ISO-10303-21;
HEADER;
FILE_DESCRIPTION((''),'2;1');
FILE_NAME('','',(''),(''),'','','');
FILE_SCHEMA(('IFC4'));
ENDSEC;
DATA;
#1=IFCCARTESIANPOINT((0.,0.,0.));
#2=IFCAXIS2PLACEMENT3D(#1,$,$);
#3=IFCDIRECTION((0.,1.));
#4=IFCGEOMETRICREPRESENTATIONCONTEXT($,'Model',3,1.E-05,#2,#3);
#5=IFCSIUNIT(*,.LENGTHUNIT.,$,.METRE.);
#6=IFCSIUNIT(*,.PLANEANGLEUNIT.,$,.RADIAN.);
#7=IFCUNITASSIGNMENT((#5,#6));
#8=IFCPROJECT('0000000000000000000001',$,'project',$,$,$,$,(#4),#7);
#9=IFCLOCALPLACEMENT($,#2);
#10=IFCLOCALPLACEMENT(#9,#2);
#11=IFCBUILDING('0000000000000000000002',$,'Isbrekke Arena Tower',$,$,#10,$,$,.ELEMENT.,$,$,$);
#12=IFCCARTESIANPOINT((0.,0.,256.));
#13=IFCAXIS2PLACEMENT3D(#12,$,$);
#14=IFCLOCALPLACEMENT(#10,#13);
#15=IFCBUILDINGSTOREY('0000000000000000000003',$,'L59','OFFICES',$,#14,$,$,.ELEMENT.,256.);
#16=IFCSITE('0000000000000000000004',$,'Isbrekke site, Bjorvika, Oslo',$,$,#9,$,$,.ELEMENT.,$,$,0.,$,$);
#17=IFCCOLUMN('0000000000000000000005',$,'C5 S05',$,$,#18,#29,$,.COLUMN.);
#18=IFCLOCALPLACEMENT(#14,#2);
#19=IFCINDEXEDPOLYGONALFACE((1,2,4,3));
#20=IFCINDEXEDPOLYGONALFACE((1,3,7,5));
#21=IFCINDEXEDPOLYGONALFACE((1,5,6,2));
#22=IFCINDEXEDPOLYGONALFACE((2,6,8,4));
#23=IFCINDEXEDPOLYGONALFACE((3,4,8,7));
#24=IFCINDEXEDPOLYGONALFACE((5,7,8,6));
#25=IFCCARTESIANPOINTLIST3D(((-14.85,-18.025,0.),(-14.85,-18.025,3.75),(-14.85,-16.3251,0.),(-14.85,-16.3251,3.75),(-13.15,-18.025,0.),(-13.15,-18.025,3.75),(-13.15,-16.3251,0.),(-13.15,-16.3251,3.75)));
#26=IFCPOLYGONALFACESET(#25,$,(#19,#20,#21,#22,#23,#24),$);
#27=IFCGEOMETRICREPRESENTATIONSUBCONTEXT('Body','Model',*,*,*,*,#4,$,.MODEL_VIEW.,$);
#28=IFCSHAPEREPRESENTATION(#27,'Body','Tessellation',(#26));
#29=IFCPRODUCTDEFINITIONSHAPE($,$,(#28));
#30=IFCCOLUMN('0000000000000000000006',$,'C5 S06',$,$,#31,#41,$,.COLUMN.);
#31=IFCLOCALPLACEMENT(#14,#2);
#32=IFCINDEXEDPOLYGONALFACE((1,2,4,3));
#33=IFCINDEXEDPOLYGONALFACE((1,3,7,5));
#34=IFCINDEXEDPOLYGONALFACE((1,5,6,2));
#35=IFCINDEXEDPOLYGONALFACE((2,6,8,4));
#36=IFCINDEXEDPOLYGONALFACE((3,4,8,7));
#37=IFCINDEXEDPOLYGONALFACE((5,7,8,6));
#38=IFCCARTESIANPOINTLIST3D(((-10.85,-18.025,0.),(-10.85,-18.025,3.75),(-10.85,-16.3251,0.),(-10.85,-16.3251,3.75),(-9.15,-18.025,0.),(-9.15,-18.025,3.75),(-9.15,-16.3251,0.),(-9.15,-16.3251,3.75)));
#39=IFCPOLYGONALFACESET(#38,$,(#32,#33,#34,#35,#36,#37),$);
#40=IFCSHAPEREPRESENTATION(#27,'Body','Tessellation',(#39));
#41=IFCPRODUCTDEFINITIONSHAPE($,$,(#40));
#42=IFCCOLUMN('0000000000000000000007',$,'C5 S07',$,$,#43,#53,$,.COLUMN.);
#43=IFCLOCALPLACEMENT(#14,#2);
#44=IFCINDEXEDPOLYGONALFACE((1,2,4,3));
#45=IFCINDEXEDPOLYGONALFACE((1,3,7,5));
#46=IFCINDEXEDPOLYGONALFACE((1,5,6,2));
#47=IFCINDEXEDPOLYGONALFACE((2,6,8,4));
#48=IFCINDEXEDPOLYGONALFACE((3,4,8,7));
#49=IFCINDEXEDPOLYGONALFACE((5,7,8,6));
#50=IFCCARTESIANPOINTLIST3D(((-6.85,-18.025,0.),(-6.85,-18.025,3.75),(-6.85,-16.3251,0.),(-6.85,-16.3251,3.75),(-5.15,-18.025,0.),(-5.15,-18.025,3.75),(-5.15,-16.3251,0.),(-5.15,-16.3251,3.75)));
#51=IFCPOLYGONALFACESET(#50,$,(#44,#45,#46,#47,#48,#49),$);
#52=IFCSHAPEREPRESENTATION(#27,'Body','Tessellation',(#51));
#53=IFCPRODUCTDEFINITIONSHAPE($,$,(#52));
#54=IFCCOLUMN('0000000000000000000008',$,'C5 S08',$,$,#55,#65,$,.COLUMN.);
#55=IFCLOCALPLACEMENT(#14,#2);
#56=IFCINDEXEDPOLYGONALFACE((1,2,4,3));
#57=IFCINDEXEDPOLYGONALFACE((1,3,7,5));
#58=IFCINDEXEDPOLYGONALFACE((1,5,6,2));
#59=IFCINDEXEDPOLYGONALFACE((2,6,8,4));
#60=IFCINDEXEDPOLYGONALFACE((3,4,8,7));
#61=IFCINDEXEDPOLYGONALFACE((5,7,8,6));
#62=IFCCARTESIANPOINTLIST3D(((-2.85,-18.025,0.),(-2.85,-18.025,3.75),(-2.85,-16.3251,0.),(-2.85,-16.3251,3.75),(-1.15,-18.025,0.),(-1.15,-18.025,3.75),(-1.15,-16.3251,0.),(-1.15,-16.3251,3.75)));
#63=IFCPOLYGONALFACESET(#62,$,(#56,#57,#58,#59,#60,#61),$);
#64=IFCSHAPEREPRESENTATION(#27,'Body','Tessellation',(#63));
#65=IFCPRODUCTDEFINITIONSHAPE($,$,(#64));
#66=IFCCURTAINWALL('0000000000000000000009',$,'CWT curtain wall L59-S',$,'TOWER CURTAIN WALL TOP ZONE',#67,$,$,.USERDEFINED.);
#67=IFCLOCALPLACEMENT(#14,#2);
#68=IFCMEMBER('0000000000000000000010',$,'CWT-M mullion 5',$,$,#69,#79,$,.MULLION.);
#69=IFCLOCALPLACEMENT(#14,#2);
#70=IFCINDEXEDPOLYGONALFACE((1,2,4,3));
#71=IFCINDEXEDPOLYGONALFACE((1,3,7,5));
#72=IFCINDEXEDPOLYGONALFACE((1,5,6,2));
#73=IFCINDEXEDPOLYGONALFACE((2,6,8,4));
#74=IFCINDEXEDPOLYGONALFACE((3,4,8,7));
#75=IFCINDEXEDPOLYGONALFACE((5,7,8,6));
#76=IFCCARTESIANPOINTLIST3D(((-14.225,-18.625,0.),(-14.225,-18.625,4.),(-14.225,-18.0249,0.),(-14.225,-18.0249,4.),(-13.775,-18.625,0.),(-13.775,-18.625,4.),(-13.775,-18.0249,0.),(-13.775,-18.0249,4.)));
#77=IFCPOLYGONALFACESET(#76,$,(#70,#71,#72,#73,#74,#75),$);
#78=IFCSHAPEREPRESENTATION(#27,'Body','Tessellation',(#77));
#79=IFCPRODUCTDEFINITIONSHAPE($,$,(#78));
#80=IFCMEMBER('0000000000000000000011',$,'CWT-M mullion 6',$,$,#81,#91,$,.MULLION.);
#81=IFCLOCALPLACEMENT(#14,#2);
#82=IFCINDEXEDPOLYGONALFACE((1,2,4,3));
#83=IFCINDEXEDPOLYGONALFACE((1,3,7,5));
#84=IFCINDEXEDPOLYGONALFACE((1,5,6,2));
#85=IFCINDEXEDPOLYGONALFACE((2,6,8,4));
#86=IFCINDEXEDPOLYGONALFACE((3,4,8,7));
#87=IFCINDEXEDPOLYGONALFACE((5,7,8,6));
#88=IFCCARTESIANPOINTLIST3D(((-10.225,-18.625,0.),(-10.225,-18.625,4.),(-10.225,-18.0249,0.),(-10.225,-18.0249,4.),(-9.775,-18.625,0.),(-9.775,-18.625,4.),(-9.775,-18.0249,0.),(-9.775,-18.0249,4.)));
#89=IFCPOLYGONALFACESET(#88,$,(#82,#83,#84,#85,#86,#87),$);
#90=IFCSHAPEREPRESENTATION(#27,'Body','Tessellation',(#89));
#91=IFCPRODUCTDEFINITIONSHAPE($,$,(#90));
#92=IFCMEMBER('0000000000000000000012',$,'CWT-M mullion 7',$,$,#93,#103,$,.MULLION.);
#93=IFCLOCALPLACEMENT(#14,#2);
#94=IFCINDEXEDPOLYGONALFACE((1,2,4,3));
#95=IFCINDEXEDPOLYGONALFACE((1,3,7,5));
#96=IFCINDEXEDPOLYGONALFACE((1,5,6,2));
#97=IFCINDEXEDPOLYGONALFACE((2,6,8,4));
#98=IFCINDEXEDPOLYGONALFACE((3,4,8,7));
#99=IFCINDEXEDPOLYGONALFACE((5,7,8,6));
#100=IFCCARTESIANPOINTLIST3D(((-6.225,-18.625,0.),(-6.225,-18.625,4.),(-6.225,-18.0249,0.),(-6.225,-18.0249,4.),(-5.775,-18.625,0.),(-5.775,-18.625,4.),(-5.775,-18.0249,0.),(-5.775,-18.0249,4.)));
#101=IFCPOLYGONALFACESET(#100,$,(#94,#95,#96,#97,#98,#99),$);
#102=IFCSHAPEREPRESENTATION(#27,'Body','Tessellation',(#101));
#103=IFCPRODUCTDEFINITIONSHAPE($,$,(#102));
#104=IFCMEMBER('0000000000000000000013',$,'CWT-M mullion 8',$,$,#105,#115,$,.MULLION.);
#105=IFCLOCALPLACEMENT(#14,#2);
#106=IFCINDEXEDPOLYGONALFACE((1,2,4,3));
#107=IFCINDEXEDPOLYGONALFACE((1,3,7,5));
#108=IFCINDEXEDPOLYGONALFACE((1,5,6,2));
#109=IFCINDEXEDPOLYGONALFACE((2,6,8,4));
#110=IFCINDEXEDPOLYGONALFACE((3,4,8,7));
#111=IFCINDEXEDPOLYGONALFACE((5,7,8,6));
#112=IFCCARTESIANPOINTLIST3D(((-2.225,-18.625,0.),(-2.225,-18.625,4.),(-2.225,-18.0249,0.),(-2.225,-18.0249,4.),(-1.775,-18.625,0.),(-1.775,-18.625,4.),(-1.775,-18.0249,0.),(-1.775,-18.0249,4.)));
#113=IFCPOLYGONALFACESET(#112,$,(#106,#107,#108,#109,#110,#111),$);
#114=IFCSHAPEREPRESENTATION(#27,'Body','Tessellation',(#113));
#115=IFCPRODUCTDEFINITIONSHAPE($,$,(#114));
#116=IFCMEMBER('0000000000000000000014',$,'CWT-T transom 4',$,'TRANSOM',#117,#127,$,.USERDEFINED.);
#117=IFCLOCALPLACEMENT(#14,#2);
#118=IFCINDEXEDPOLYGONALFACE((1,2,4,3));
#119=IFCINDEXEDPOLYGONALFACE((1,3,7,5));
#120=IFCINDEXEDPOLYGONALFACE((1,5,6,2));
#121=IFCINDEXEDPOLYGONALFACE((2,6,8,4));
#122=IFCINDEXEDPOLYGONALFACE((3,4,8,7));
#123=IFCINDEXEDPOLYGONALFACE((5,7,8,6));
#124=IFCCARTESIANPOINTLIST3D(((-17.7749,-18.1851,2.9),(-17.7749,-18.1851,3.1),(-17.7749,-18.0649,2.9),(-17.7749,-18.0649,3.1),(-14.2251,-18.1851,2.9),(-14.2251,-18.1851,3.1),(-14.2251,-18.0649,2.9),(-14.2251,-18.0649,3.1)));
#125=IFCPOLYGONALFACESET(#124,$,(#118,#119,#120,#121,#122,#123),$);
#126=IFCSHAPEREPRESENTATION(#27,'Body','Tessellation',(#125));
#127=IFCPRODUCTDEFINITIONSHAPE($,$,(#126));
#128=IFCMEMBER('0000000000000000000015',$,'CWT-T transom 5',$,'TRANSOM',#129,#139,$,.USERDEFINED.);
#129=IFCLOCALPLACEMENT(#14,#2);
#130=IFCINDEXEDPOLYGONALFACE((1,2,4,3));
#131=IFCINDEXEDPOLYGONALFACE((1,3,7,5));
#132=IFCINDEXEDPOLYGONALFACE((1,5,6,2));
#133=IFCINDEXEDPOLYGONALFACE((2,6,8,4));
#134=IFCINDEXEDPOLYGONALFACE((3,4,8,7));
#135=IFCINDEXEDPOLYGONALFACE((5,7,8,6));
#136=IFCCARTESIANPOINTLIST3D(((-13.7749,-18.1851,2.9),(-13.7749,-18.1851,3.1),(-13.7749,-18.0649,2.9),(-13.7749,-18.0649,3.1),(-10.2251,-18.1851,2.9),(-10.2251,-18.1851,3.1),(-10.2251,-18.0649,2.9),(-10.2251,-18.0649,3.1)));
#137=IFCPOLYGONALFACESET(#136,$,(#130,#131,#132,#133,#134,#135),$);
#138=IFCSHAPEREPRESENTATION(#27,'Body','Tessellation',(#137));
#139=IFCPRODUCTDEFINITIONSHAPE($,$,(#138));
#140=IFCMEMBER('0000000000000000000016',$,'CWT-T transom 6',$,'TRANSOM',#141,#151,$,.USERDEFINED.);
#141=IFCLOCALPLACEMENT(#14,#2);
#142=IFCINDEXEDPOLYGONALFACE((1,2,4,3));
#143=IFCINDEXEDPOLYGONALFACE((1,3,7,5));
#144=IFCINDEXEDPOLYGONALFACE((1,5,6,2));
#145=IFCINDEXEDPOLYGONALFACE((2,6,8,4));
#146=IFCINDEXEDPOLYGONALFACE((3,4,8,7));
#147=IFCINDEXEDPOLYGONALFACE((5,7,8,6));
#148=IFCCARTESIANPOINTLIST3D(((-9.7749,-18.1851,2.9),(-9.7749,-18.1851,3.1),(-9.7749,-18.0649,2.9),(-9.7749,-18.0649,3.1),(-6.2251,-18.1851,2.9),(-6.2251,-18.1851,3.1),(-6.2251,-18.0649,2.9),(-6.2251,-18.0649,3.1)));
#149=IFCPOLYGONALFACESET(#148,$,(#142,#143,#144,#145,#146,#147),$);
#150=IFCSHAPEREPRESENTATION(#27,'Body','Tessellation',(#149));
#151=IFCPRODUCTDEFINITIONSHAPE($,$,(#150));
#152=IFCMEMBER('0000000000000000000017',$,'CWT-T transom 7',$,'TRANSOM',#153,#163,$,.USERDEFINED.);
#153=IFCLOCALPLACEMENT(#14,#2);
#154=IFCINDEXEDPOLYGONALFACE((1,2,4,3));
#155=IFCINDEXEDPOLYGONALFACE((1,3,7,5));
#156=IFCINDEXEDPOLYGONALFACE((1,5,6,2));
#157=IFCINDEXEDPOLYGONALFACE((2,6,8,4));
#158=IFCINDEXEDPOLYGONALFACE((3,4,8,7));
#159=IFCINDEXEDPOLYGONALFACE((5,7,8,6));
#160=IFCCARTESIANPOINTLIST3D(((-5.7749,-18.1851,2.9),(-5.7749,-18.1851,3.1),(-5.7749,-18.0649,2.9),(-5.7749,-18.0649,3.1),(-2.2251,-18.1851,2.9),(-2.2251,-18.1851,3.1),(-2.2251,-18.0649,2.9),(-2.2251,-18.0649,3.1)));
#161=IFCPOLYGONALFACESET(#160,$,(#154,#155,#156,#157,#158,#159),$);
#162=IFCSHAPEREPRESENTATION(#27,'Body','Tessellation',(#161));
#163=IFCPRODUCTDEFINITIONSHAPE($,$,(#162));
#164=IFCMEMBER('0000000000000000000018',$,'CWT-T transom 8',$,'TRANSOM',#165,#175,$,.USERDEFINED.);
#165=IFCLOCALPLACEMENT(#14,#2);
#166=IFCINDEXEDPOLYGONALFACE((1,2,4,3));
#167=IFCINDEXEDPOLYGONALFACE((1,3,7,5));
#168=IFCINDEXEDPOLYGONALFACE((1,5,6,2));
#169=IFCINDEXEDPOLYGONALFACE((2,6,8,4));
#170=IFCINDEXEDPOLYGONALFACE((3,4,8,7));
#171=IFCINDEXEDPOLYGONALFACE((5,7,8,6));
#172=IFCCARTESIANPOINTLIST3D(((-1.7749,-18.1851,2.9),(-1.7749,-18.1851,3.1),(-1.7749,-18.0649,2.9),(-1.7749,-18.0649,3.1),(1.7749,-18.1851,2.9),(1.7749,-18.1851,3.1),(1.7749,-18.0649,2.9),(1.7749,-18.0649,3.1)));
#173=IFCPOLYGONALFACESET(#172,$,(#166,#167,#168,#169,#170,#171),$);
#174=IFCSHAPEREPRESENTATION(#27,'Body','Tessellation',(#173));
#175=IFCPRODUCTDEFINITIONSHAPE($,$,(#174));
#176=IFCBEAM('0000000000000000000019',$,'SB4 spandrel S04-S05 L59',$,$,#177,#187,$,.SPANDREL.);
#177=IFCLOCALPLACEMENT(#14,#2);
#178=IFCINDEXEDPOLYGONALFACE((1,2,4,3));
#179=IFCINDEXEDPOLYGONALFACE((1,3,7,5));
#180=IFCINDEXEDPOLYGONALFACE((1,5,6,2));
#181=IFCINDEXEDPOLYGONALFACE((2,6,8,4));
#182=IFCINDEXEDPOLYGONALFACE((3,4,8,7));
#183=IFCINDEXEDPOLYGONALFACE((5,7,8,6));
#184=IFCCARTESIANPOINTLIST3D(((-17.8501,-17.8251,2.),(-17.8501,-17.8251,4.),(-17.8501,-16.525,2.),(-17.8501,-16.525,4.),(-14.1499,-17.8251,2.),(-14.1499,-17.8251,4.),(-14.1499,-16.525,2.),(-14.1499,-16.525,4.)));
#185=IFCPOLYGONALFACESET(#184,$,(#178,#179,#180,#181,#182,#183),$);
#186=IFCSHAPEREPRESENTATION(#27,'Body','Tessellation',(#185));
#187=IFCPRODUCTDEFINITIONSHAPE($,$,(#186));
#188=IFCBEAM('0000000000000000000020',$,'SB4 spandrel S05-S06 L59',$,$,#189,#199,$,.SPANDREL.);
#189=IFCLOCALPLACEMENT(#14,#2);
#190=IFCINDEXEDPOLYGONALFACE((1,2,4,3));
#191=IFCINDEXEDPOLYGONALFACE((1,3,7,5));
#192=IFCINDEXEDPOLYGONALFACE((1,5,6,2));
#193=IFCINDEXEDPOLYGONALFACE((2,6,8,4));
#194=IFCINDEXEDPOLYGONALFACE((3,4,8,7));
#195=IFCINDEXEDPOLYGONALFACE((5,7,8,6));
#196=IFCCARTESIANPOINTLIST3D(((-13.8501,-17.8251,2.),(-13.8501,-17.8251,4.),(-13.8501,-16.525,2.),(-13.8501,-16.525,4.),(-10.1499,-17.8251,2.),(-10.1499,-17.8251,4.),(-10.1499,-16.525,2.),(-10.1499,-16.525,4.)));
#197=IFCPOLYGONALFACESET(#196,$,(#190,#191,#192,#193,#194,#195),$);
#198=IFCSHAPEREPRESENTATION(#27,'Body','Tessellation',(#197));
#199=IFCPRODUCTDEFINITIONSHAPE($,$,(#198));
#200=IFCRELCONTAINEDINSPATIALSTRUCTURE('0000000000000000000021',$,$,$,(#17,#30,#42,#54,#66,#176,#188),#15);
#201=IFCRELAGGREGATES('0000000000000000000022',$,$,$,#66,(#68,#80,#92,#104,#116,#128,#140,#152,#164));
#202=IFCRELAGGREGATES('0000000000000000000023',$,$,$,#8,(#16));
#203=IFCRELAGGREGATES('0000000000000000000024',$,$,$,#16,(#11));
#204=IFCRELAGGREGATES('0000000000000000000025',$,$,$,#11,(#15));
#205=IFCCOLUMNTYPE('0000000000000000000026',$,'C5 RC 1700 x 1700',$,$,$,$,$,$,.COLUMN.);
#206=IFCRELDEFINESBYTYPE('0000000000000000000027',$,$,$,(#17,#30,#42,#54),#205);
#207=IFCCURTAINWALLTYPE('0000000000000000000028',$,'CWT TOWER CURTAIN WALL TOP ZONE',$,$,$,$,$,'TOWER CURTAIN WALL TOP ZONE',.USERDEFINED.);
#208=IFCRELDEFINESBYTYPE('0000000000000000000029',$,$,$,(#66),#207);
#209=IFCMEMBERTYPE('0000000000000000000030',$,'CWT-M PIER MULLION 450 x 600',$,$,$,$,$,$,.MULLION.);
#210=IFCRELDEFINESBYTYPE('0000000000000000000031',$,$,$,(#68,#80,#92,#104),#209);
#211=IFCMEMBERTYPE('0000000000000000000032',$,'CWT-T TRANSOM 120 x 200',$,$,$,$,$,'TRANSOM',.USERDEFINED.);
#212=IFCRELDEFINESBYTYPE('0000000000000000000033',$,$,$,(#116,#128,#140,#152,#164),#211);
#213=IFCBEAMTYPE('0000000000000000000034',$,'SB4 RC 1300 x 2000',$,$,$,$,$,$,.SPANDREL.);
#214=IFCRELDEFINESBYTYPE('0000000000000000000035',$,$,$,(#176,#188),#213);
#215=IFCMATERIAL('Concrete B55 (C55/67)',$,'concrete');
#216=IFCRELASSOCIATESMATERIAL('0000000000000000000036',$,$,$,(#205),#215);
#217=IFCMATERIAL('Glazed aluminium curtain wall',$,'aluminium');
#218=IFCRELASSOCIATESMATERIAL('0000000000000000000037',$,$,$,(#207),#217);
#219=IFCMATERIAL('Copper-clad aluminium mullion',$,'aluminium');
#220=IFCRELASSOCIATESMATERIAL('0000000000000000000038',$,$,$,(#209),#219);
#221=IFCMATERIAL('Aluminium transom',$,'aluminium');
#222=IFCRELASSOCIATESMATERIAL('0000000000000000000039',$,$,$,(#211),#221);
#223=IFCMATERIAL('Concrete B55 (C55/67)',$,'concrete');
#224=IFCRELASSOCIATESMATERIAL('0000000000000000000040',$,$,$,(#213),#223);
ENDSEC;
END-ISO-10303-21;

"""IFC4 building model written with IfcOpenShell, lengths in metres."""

from ifc_helpers import new_model, si_unit, direction, frame, origin, origin_2d, place, context, subcontext, project, spatial, rectangle, extrude, material, material_profile, profile_set, type_object, element, aggregate, save


model = new_model("IFC4")

# Units and contexts
model_context = context("Model", 3, precision=1e-05, world=origin(), true_north=direction((0.0, 1.0)))
body_context = subcontext(model_context, "Body", "Model", "MODEL_VIEW")
ifc_project = project(units=[si_unit("LENGTHUNIT", "METRE"), si_unit("PLANEANGLEUNIT", "RADIAN")], contexts=[model_context])

# Site, building, storey
site_placement = place(None, origin())
site = spatial("IfcSite", under=ifc_project, at=site_placement, Name="Isbrekke site, Bjorvika, Oslo", CompositionType="ELEMENT", RefElevation=0.0)
building_placement = place(site_placement, origin())
building = spatial("IfcBuilding", under=site, at=building_placement, Name="Isbrekke Arena Tower", CompositionType="ELEMENT")
storey_placement = place(building_placement, frame((0.0, 0.0, 256.0)))
storey = spatial("IfcBuildingStorey", under=building, at=storey_placement, Name="L59", Description="OFFICES", CompositionType="ELEMENT", Elevation=256.0)

# Columns
ifc_material_1 = material(Name="Concrete B55 (C55/67)", Category="concrete")
ifc_material_profile_1 = material_profile(ifc_material_1, rectangle(XDim=1.7, YDim=1.7, at=origin_2d()), Name="RC 1700x1700")
ifc_profile_set_1 = profile_set([ifc_material_profile_1], Name="Concrete B55 (C55/67)")
column_type = type_object("IfcColumnType", Name="C5 RC 1700 x 1700", PredefinedType="COLUMN", material=ifc_profile_set_1)
for number, where, z_axis, x_axis, name in (
    (1, (-14.0, -17.175, 0.0), (0.0, 0.0, 1.0), (1.0, 0.0, 0.0), "C5 S05"),
    (2, (-10.0, -17.175, 0.0), (0.0, 0.0, 1.0), (1.0, 0.0, 0.0), "C5 S06"),
    (3, (-6.0, -17.175, 0.0), (0.0, 0.0, 1.0), (1.0, 0.0, 0.0), "C5 S07"),
    (4, (-2.0, -17.175, 0.0), (0.0, 0.0, 1.0), (1.0, 0.0, 0.0), "C5 S08"),
):
    element("IfcColumn", number, at=place(storey_placement, frame(where, z_axis=z_axis, x_axis=x_axis)), inside=storey, type_object=column_type, Name=name, PredefinedType="COLUMN", context=body_context, shape_type="SweptSolid", body=[
        extrude(rectangle(XDim=1.7, YDim=1.7, at=origin_2d()), origin(), (0.0, 0.0, 1.0), 3.75),
    ])

# Curtain wall, members
ifc_material_2 = material(Name="Glazed aluminium curtain wall", Category="aluminium")
curtain_wall_type = type_object("IfcCurtainWallType", Name="CWT TOWER CURTAIN WALL TOP ZONE", ElementType="TOWER CURTAIN WALL TOP ZONE", PredefinedType="USERDEFINED", material=ifc_material_2)
curtain_wall_placement = place(storey_placement, origin())
curtain_wall = element("IfcCurtainWall", 5, at=curtain_wall_placement, inside=storey, type_object=curtain_wall_type, Name="CWT curtain wall L59-S", ObjectType="TOWER CURTAIN WALL TOP ZONE", PredefinedType="USERDEFINED")
ifc_material_3 = material(Name="Copper-clad aluminium mullion", Category="aluminium")
ifc_material_profile_2 = material_profile(ifc_material_3, rectangle(XDim=0.45, YDim=0.6001, at=origin_2d()), Name="PIER 450X600")
ifc_profile_set_2 = profile_set([ifc_material_profile_2], Name="Copper-clad aluminium mullion")
member_type_1 = type_object("IfcMemberType", Name="CWT-M PIER MULLION 450 x 600", PredefinedType="MULLION", material=ifc_profile_set_2)
member_1_placement = place(storey_placement, frame((-14.0, -18.325, 0.0), z_axis=(0.0, 0.0, 1.0), x_axis=(1.0, 0.0, 0.0)))
member_1 = element("IfcMember", 6, at=member_1_placement, type_object=member_type_1, Name="CWT-M mullion 5", PredefinedType="MULLION", context=body_context, shape_type="SweptSolid", body=[
    extrude(rectangle(XDim=0.45, YDim=0.6001, at=origin_2d()), origin(), (0.0, 0.0, 1.0), 4.0),
])
member_2_placement = place(storey_placement, frame((-10.0, -18.325, 0.0), z_axis=(0.0, 0.0, 1.0), x_axis=(1.0, 0.0, 0.0)))
member_2 = element("IfcMember", 7, at=member_2_placement, type_object=member_type_1, Name="CWT-M mullion 6", PredefinedType="MULLION", context=body_context, shape_type="SweptSolid", body=[
    extrude(rectangle(XDim=0.45, YDim=0.6001, at=origin_2d()), origin(), (0.0, 0.0, 1.0), 4.0),
])
member_3_placement = place(storey_placement, frame((-6.0, -18.325, 0.0), z_axis=(0.0, 0.0, 1.0), x_axis=(1.0, 0.0, 0.0)))
member_3 = element("IfcMember", 8, at=member_3_placement, type_object=member_type_1, Name="CWT-M mullion 7", PredefinedType="MULLION", context=body_context, shape_type="SweptSolid", body=[
    extrude(rectangle(XDim=0.45, YDim=0.6001, at=origin_2d()), origin(), (0.0, 0.0, 1.0), 4.0),
])
member_4_placement = place(storey_placement, frame((-2.0, -18.325, 0.0), z_axis=(0.0, 0.0, 1.0), x_axis=(1.0, 0.0, 0.0)))
member_4 = element("IfcMember", 9, at=member_4_placement, type_object=member_type_1, Name="CWT-M mullion 8", PredefinedType="MULLION", context=body_context, shape_type="SweptSolid", body=[
    extrude(rectangle(XDim=0.45, YDim=0.6001, at=origin_2d()), origin(), (0.0, 0.0, 1.0), 4.0),
])
ifc_material_4 = material(Name="Aluminium transom", Category="aluminium")
ifc_material_profile_3 = material_profile(ifc_material_4, rectangle(XDim=0.1201, YDim=0.2, at=origin_2d()), Name="TRANSOM 120X200")
ifc_profile_set_3 = profile_set([ifc_material_profile_3], Name="Aluminium transom")
member_type_2 = type_object("IfcMemberType", Name="CWT-T TRANSOM 120 x 200", ElementType="TRANSOM", PredefinedType="USERDEFINED", material=ifc_profile_set_3)
member_5_placement = place(storey_placement, frame((-17.7749, -18.125, 3.0), z_axis=(1.0, 0.0, 0.0), x_axis=(0.0, 1.0, 0.0)))
member_5 = element("IfcMember", 10, at=member_5_placement, type_object=member_type_2, Name="CWT-T transom 4", ObjectType="TRANSOM", PredefinedType="USERDEFINED", context=body_context, shape_type="SweptSolid", body=[
    extrude(rectangle(XDim=0.1201, YDim=0.2, at=origin_2d()), origin(), (0.0, 0.0, 1.0), 3.5498),
])
member_6_placement = place(storey_placement, frame((-13.7749, -18.125, 3.0), z_axis=(1.0, 0.0, 0.0), x_axis=(0.0, 1.0, 0.0)))
member_6 = element("IfcMember", 11, at=member_6_placement, type_object=member_type_2, Name="CWT-T transom 5", ObjectType="TRANSOM", PredefinedType="USERDEFINED", context=body_context, shape_type="SweptSolid", body=[
    extrude(rectangle(XDim=0.1201, YDim=0.2, at=origin_2d()), origin(), (0.0, 0.0, 1.0), 3.5498),
])
member_7_placement = place(storey_placement, frame((-9.7749, -18.125, 3.0), z_axis=(1.0, 0.0, 0.0), x_axis=(0.0, 1.0, 0.0)))
member_7 = element("IfcMember", 12, at=member_7_placement, type_object=member_type_2, Name="CWT-T transom 6", ObjectType="TRANSOM", PredefinedType="USERDEFINED", context=body_context, shape_type="SweptSolid", body=[
    extrude(rectangle(XDim=0.1201, YDim=0.2, at=origin_2d()), origin(), (0.0, 0.0, 1.0), 3.5498),
])
member_8_placement = place(storey_placement, frame((-5.7749, -18.125, 3.0), z_axis=(1.0, 0.0, 0.0), x_axis=(0.0, 1.0, 0.0)))
member_8 = element("IfcMember", 13, at=member_8_placement, type_object=member_type_2, Name="CWT-T transom 7", ObjectType="TRANSOM", PredefinedType="USERDEFINED", context=body_context, shape_type="SweptSolid", body=[
    extrude(rectangle(XDim=0.1201, YDim=0.2, at=origin_2d()), origin(), (0.0, 0.0, 1.0), 3.5498),
])
member_9_placement = place(storey_placement, frame((-1.7749, -18.125, 3.0), z_axis=(1.0, 0.0, 0.0), x_axis=(0.0, 1.0, 0.0)))
member_9 = element("IfcMember", 14, at=member_9_placement, type_object=member_type_2, Name="CWT-T transom 8", ObjectType="TRANSOM", PredefinedType="USERDEFINED", context=body_context, shape_type="SweptSolid", body=[
    extrude(rectangle(XDim=0.1201, YDim=0.2, at=origin_2d()), origin(), (0.0, 0.0, 1.0), 3.5498),
])

# Beams
ifc_material_5 = material(Name="Concrete B55 (C55/67)", Category="concrete")
ifc_material_profile_4 = material_profile(ifc_material_5, rectangle(XDim=1.3, YDim=2.0, at=origin_2d()), Name="RC 1300x2000")
ifc_profile_set_4 = profile_set([ifc_material_profile_4], Name="Concrete B55 (C55/67)")
beam_type_1 = type_object("IfcBeamType", Name="SB4 RC 1300 x 2000", PredefinedType="SPANDREL", material=ifc_profile_set_4)
for number, where, z_axis, x_axis, name in (
    (15, (-17.8501, -17.175, 3.0), (1.0, 0.0, 0.0), (0.0, 1.0, 0.0), "SB4 spandrel S04-S05 L59"),
    (16, (-13.8501, -17.175, 3.0), (1.0, 0.0, 0.0), (0.0, 1.0, 0.0), "SB4 spandrel S05-S06 L59"),
):
    element("IfcBeam", number, at=place(storey_placement, frame(where, z_axis=z_axis, x_axis=x_axis)), inside=storey, type_object=beam_type_1, Name=name, PredefinedType="SPANDREL", context=body_context, shape_type="SweptSolid", body=[
        extrude(rectangle(XDim=1.3, YDim=2.0, at=origin_2d()), origin(), (0.0, 0.0, 1.0), 3.7002),
    ])

aggregate(curtain_wall, [member_1, member_2, member_3, member_4, member_5, member_6, member_7, member_8, member_9])

save(model, "model.ifc")
